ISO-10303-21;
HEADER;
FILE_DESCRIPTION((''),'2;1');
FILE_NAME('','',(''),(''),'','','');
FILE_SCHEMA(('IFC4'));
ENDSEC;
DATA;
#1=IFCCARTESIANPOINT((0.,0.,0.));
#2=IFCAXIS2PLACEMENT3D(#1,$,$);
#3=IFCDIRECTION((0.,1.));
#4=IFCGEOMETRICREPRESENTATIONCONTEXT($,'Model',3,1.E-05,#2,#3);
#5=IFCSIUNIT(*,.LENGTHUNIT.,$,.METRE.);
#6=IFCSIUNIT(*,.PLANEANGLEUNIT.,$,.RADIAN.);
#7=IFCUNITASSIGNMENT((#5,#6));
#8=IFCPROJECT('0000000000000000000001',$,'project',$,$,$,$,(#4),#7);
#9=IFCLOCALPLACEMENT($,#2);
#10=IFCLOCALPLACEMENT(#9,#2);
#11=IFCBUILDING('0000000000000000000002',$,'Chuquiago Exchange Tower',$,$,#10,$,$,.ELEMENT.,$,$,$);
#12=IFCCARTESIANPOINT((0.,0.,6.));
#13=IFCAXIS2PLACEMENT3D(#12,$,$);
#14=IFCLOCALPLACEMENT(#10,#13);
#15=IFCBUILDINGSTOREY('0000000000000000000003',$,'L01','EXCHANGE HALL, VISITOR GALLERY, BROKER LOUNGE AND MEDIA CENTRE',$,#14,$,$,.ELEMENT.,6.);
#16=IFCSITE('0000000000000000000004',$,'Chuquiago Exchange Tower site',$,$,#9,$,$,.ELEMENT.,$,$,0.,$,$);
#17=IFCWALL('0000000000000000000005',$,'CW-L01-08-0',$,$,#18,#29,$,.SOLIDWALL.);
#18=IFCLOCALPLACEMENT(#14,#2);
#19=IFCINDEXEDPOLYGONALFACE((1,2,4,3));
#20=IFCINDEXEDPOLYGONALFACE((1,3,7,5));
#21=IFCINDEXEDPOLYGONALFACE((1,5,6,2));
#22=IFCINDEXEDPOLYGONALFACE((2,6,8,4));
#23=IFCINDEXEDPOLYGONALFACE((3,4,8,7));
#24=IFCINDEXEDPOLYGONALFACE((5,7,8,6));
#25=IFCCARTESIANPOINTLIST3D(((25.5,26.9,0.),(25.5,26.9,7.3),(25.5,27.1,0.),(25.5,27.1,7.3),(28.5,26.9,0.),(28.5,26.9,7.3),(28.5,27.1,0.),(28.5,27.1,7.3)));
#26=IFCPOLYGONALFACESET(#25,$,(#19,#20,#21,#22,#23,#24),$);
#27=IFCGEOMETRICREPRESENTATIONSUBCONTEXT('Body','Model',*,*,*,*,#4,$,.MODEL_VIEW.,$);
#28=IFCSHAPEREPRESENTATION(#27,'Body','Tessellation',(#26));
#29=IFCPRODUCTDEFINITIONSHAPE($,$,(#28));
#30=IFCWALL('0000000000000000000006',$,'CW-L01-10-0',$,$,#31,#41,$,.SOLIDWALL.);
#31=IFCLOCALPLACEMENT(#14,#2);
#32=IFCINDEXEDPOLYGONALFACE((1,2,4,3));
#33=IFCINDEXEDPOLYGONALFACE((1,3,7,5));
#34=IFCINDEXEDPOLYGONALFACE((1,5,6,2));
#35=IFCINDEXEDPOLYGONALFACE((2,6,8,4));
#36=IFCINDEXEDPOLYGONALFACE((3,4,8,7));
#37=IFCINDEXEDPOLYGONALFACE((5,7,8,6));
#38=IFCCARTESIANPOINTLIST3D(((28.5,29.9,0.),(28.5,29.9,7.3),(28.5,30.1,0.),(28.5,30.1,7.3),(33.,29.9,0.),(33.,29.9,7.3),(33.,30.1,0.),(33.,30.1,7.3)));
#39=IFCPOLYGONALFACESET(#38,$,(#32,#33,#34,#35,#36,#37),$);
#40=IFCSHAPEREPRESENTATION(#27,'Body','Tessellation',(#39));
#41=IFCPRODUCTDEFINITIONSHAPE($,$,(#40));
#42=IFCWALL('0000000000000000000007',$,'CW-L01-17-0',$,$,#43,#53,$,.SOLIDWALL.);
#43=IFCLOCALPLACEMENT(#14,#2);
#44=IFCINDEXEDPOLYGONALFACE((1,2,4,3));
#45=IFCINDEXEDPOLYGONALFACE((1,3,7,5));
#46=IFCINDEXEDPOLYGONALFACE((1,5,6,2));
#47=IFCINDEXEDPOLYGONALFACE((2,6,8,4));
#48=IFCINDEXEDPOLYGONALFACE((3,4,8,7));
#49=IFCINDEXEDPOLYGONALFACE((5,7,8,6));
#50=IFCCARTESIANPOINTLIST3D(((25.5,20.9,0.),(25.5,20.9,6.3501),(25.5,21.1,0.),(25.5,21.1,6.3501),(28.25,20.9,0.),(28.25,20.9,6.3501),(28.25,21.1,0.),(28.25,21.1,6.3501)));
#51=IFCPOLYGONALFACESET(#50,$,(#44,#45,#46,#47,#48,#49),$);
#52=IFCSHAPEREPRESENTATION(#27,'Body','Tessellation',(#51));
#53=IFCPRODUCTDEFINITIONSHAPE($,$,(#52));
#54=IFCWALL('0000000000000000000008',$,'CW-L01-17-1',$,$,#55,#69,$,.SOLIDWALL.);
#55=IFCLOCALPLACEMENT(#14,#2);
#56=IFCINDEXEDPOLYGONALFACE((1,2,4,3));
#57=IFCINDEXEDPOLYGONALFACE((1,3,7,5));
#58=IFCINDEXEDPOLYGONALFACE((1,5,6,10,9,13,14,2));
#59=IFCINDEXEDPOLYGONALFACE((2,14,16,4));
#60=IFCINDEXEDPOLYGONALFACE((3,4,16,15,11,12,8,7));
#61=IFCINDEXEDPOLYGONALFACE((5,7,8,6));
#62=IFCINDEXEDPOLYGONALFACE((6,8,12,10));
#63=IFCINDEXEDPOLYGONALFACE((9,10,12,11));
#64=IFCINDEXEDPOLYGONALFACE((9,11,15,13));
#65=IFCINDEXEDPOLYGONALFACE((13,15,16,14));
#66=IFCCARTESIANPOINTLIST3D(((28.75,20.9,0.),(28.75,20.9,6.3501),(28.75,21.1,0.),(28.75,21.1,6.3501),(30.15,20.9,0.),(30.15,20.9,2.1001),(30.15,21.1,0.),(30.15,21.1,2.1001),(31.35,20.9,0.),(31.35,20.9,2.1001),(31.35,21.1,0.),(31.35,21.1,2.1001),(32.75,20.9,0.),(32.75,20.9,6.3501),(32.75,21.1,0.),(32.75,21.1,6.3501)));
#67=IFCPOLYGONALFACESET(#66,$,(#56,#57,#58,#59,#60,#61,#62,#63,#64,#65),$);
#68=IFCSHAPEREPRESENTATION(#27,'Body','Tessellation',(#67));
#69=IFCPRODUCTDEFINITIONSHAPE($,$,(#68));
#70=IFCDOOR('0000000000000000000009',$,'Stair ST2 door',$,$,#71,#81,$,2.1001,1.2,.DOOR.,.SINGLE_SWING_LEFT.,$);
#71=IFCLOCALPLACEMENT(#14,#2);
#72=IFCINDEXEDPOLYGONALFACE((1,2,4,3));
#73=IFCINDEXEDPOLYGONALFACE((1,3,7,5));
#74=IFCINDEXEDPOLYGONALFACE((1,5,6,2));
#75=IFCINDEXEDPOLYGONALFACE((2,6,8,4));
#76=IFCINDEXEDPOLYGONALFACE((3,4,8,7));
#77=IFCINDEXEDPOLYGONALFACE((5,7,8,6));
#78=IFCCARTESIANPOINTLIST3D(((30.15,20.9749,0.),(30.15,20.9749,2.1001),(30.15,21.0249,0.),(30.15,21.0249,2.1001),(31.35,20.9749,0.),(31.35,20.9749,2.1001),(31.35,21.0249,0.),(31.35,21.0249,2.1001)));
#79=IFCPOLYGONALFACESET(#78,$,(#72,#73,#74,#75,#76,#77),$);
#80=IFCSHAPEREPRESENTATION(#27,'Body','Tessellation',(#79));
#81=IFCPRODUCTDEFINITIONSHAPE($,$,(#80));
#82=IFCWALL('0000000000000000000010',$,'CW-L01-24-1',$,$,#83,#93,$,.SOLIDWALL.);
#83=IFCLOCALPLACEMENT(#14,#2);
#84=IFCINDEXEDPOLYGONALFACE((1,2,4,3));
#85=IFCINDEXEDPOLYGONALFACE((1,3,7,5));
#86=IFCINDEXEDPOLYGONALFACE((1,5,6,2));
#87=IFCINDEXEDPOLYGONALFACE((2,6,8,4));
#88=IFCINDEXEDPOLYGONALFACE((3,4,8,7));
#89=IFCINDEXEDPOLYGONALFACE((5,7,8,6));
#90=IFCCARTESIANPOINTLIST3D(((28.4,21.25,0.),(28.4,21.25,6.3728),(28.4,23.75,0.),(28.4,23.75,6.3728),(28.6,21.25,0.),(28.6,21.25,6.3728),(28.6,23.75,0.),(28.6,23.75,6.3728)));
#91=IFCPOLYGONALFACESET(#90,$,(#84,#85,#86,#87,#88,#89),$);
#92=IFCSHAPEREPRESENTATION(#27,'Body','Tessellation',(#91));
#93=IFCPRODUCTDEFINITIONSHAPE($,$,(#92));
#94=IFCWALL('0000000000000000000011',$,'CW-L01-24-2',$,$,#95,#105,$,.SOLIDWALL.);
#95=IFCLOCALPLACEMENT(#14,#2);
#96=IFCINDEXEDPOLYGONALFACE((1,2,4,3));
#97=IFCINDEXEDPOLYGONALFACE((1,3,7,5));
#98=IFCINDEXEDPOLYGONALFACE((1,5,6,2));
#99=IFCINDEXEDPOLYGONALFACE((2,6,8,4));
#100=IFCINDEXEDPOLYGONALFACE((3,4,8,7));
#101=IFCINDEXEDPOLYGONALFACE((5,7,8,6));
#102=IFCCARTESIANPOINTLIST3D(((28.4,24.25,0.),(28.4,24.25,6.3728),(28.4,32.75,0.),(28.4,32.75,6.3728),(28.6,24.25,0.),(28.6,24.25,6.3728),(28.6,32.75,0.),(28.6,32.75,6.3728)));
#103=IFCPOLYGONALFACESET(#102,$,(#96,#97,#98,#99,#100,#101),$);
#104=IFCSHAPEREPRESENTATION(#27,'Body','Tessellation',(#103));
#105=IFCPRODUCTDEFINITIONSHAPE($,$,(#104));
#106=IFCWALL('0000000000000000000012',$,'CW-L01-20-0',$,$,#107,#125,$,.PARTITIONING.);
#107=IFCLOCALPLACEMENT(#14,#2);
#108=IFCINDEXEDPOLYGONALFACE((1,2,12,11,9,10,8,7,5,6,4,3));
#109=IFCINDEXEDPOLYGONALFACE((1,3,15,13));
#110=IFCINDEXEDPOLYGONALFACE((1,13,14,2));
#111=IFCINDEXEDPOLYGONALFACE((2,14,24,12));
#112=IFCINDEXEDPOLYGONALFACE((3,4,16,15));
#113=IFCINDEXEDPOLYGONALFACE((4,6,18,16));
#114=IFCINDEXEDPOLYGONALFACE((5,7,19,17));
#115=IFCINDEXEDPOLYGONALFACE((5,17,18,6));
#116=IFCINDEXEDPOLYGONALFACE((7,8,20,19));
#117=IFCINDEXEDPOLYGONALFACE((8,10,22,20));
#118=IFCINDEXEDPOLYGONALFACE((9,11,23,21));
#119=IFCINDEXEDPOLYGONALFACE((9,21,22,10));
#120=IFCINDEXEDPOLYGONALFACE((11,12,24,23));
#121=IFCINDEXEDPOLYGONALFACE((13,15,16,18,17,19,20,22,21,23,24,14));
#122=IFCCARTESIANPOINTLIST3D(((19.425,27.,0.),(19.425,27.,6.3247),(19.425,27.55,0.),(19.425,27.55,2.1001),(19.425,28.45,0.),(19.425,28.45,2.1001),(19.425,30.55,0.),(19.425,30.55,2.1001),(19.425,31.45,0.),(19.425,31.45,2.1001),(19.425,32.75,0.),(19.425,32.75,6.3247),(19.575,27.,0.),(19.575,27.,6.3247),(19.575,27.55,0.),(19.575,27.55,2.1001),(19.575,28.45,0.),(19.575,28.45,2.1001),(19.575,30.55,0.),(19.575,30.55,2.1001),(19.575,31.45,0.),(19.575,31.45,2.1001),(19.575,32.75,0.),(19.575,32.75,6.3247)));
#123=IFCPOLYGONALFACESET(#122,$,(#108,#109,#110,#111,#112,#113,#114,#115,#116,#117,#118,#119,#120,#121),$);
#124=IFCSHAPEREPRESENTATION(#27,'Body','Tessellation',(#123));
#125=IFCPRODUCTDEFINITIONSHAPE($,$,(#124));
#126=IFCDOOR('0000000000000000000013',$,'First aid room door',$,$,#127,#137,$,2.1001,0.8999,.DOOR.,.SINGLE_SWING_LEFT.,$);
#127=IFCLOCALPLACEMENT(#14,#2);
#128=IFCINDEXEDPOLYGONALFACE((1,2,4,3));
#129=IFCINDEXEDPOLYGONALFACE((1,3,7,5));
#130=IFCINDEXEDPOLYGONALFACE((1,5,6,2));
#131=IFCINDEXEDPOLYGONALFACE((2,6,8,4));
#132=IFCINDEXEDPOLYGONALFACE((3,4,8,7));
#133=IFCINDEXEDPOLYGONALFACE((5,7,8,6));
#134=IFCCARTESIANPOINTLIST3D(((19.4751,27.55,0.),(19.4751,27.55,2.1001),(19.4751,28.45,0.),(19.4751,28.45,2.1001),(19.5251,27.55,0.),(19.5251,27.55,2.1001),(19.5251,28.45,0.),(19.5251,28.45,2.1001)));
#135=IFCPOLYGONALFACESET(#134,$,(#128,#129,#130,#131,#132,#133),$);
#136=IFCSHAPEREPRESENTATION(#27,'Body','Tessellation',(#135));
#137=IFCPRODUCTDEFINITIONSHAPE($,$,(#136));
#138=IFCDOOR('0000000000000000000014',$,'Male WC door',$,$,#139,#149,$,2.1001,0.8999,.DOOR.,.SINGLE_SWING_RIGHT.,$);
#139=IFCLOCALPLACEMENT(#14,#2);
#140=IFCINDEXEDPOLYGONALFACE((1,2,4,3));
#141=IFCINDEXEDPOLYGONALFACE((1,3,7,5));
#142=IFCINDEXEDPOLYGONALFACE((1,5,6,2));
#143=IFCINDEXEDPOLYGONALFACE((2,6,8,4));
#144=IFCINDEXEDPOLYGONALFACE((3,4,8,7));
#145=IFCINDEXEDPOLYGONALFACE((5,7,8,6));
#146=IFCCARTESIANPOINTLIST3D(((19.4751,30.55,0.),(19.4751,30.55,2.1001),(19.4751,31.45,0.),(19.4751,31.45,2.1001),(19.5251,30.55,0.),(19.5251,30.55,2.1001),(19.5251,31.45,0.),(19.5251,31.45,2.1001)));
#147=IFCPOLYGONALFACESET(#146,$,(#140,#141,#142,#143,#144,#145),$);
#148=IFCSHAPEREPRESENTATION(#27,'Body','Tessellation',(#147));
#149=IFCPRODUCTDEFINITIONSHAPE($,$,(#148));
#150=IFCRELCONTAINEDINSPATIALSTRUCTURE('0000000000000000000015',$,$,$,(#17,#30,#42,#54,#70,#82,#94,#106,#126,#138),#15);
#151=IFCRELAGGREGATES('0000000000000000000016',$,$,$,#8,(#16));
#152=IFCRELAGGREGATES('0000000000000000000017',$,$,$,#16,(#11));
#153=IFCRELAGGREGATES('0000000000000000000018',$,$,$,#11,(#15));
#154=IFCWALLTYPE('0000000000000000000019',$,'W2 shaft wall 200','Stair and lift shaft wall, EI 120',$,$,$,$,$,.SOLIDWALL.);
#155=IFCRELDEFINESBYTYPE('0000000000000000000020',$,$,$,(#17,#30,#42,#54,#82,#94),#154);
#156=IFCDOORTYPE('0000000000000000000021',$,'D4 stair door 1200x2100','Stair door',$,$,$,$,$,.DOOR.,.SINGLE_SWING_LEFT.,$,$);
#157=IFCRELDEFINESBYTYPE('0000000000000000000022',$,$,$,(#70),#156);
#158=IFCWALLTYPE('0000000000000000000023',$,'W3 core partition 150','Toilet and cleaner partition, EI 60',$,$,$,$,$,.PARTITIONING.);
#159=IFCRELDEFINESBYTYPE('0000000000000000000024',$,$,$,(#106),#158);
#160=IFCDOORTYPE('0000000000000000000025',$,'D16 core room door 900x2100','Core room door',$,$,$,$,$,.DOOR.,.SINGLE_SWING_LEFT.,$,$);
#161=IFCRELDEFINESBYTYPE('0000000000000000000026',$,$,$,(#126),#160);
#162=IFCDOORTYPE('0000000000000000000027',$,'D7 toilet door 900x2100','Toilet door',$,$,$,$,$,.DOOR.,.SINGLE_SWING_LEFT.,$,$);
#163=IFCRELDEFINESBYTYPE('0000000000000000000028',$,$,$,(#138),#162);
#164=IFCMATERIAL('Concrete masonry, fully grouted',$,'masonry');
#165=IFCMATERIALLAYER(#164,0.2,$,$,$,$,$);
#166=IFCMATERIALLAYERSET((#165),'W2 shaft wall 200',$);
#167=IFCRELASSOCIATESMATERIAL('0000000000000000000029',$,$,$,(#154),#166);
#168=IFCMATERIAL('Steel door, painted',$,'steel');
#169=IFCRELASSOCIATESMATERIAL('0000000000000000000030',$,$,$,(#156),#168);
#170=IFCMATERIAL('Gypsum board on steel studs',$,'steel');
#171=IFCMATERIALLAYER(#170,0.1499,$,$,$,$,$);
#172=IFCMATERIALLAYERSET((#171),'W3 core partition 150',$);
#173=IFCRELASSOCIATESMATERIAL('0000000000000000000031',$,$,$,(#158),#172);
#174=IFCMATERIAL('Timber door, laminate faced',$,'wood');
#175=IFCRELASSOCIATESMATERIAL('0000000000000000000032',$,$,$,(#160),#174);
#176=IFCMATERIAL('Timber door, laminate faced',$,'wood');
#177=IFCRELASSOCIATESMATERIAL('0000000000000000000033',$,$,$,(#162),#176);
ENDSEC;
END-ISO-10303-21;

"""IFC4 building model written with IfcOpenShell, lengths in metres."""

from ifc_helpers import new_model, si_unit, direction, frame, frame_2d, origin, place, context, subcontext, project, spatial, rectangle, extrude, material, layer, layer_set, type_object, element, fill, save


model = new_model("IFC4")

# Units and contexts
model_context = context("Model", 3, precision=1e-05, world=origin(), true_north=direction((0.0, 1.0)))
body_context = subcontext(model_context, "Body", "Model", "MODEL_VIEW")
ifc_project = project(units=[si_unit("LENGTHUNIT", "METRE"), si_unit("PLANEANGLEUNIT", "RADIAN")], contexts=[model_context])

# Site, building, storey
site_placement = place(None, origin())
site = spatial("IfcSite", under=ifc_project, at=site_placement, Name="Chuquiago Exchange Tower site", CompositionType="ELEMENT", RefElevation=0.0)
building_placement = place(site_placement, origin())
building = spatial("IfcBuilding", under=site, at=building_placement, Name="Chuquiago Exchange Tower", CompositionType="ELEMENT")
storey_placement = place(building_placement, frame((0.0, 0.0, 6.0)))
storey = spatial("IfcBuildingStorey", under=building, at=storey_placement, Name="L01", Description="EXCHANGE HALL, VISITOR GALLERY, BROKER LOUNGE AND MEDIA CENTRE", CompositionType="ELEMENT", Elevation=6.0)

# Walls
ifc_material_1 = material(Name="Concrete masonry, fully grouted", Category="masonry")
ifc_layer_1 = layer(ifc_material_1, 0.2)
ifc_layer_set_1 = layer_set([ifc_layer_1], Name="W2 shaft wall 200")
wall_type_1 = type_object("IfcWallType", Name="W2 shaft wall 200", Description="Stair and lift shaft wall, EI 120", PredefinedType="SOLIDWALL", material=ifc_layer_set_1)
wall_1_placement = place(storey_placement, frame((25.5, 27.0, 0.0), z_axis=(0.0, 0.0, 1.0), x_axis=(1.0, 0.0, 0.0)))
element("IfcWall", 1, at=wall_1_placement, inside=storey, type_object=wall_type_1, Name="CW-L01-08-0", PredefinedType="SOLIDWALL", context=body_context, shape_type="SweptSolid", body=[
    extrude(rectangle(XDim=3.0, YDim=0.2, at=frame_2d((1.5, 0.0))), origin(), (0.0, 0.0, 1.0), 7.3),
])
wall_2_placement = place(storey_placement, frame((28.5, 30.0, 0.0), z_axis=(0.0, 0.0, 1.0), x_axis=(1.0, 0.0, 0.0)))
element("IfcWall", 2, at=wall_2_placement, inside=storey, type_object=wall_type_1, Name="CW-L01-10-0", PredefinedType="SOLIDWALL", context=body_context, shape_type="SweptSolid", body=[
    extrude(rectangle(XDim=4.5, YDim=0.2, at=frame_2d((2.25, 0.0))), origin(), (0.0, 0.0, 1.0), 7.3),
])
wall_3_placement = place(storey_placement, frame((25.5, 21.0, 0.0), z_axis=(0.0, 0.0, 1.0), x_axis=(1.0, 0.0, 0.0)))
element("IfcWall", 3, at=wall_3_placement, inside=storey, type_object=wall_type_1, Name="CW-L01-17-0", PredefinedType="SOLIDWALL", context=body_context, shape_type="SweptSolid", body=[
    extrude(rectangle(XDim=2.75, YDim=0.2, at=frame_2d((1.375, 0.0))), origin(), (0.0, 0.0, 1.0), 6.3501),
])

# Wall, opening, door
wall_4_placement = place(storey_placement, frame((28.75, 21.0, 0.0), z_axis=(0.0, 0.0, 1.0), x_axis=(1.0, 0.0, 0.0)))
wall_4 = element("IfcWall", 4, at=wall_4_placement, inside=storey, type_object=wall_type_1, Name="CW-L01-17-1", PredefinedType="SOLIDWALL", context=body_context, shape_type="SweptSolid", body=[
    extrude(rectangle(XDim=4.0, YDim=0.2, at=frame_2d((2.0, 0.0))), origin(), (0.0, 0.0, 1.0), 6.3501),
])
opening_1_placement = place(wall_4_placement, frame((1.3999, 0.0, 0.0)))
opening_1 = element("IfcOpeningElement", 5, at=opening_1_placement, cuts=wall_4, PredefinedType="OPENING", context=body_context, shape_type="SweptSolid", body=[
    extrude(rectangle(XDim=1.2, YDim=2.1001, at=frame_2d((0.6001, 1.05))), frame((0.0, 0.1099, 0.0), z_axis=(0.0, -1.0, 0.0), x_axis=(1.0, 0.0, 0.0)), (0.0, 0.0, 1.0), 0.22),
])
ifc_material_2 = material(Name="Steel door, painted", Category="steel")
door_type_1 = type_object("IfcDoorType", Name="D4 stair door 1200x2100", Description="Stair door", OperationType="SINGLE_SWING_LEFT", PredefinedType="DOOR", material=ifc_material_2)
door_1_placement = place(opening_1_placement, origin())
door_1 = element("IfcDoor", 6, at=door_1_placement, inside=storey, type_object=door_type_1, Name="Stair ST2 door", OperationType="SINGLE_SWING_LEFT", OverallHeight=2.1001, OverallWidth=1.2, PredefinedType="DOOR", context=body_context, shape_type="SweptSolid", body=[
    extrude(rectangle(XDim=1.2, YDim=2.1001, at=frame_2d((0.6001, 1.05))), frame((0.0, 0.0249, 0.0), z_axis=(0.0, -1.0, 0.0), x_axis=(1.0, 0.0, 0.0)), (0.0, 0.0, 1.0), 0.05),
])
fill(opening_1, door_1)

# Walls
wall_5_placement = place(storey_placement, frame((28.5, 21.25, 0.0), z_axis=(0.0, 0.0, 1.0), x_axis=(0.0, 1.0, 0.0)))
element("IfcWall", 7, at=wall_5_placement, inside=storey, type_object=wall_type_1, Name="CW-L01-24-1", PredefinedType="SOLIDWALL", context=body_context, shape_type="SweptSolid", body=[
    extrude(rectangle(XDim=2.5, YDim=0.2, at=frame_2d((1.25, 0.0))), origin(), (0.0, 0.0, 1.0), 6.3728),
])
wall_6_placement = place(storey_placement, frame((28.5, 24.25, 0.0), z_axis=(0.0, 0.0, 1.0), x_axis=(0.0, 1.0, 0.0)))
element("IfcWall", 8, at=wall_6_placement, inside=storey, type_object=wall_type_1, Name="CW-L01-24-2", PredefinedType="SOLIDWALL", context=body_context, shape_type="SweptSolid", body=[
    extrude(rectangle(XDim=8.5, YDim=0.2, at=frame_2d((4.25, 0.0))), origin(), (0.0, 0.0, 1.0), 6.3728),
])

# Wall, openings, doors
ifc_material_3 = material(Name="Gypsum board on steel studs", Category="steel")
ifc_layer_2 = layer(ifc_material_3, 0.1499)
ifc_layer_set_2 = layer_set([ifc_layer_2], Name="W3 core partition 150")
wall_type_2 = type_object("IfcWallType", Name="W3 core partition 150", Description="Toilet and cleaner partition, EI 60", PredefinedType="PARTITIONING", material=ifc_layer_set_2)
wall_7_placement = place(storey_placement, frame((19.5, 27.0, 0.0), z_axis=(0.0, 0.0, 1.0), x_axis=(0.0, 1.0, 0.0)))
wall_7 = element("IfcWall", 9, at=wall_7_placement, inside=storey, type_object=wall_type_2, Name="CW-L01-20-0", PredefinedType="PARTITIONING", context=body_context, shape_type="SweptSolid", body=[
    extrude(rectangle(XDim=5.75, YDim=0.1499, at=frame_2d((2.875, 0.0))), origin(), (0.0, 0.0, 1.0), 6.3247),
])
opening_2_placement = place(wall_7_placement, frame((0.55, 0.0, 0.0)))
opening_2 = element("IfcOpeningElement", 10, at=opening_2_placement, cuts=wall_7, PredefinedType="OPENING", context=body_context, shape_type="SweptSolid", body=[
    extrude(rectangle(XDim=0.8999, YDim=2.1001, at=frame_2d((0.45, 1.05))), frame((0.0, 0.085, 0.0), z_axis=(0.0, -1.0, 0.0), x_axis=(1.0, 0.0, 0.0)), (0.0, 0.0, 1.0), 0.1699),
])
opening_3_placement = place(wall_7_placement, frame((3.55, 0.0, 0.0)))
opening_3 = element("IfcOpeningElement", 11, at=opening_3_placement, cuts=wall_7, PredefinedType="OPENING", context=body_context, shape_type="SweptSolid", body=[
    extrude(rectangle(XDim=0.8999, YDim=2.1001, at=frame_2d((0.45, 1.05))), frame((0.0, 0.085, 0.0), z_axis=(0.0, -1.0, 0.0), x_axis=(1.0, 0.0, 0.0)), (0.0, 0.0, 1.0), 0.1699),
])
ifc_material_4 = material(Name="Timber door, laminate faced", Category="wood")
door_type_2 = type_object("IfcDoorType", Name="D16 core room door 900x2100", Description="Core room door", OperationType="SINGLE_SWING_LEFT", PredefinedType="DOOR", material=ifc_material_4)
door_2_placement = place(opening_2_placement, origin())
door_2 = element("IfcDoor", 12, at=door_2_placement, inside=storey, type_object=door_type_2, Name="First aid room door", OperationType="SINGLE_SWING_LEFT", OverallHeight=2.1001, OverallWidth=0.8999, PredefinedType="DOOR", context=body_context, shape_type="SweptSolid", body=[
    extrude(rectangle(XDim=0.8999, YDim=2.1001, at=frame_2d((0.45, 1.05))), frame((0.0, 0.0249, 0.0), z_axis=(0.0, -1.0, 0.0), x_axis=(1.0, 0.0, 0.0)), (0.0, 0.0, 1.0), 0.05),
])
fill(opening_2, door_2)
ifc_material_5 = material(Name="Timber door, laminate faced", Category="wood")
door_type_3 = type_object("IfcDoorType", Name="D7 toilet door 900x2100", Description="Toilet door", OperationType="SINGLE_SWING_LEFT", PredefinedType="DOOR", material=ifc_material_5)
door_3_placement = place(opening_3_placement, origin())
door_3 = element("IfcDoor", 13, at=door_3_placement, inside=storey, type_object=door_type_3, Name="Male WC door", OperationType="SINGLE_SWING_RIGHT", OverallHeight=2.1001, OverallWidth=0.8999, PredefinedType="DOOR", context=body_context, shape_type="SweptSolid", body=[
    extrude(rectangle(XDim=0.8999, YDim=2.1001, at=frame_2d((0.45, 1.05))), frame((0.0, 0.0249, 0.0), z_axis=(0.0, -1.0, 0.0), x_axis=(1.0, 0.0, 0.0)), (0.0, 0.0, 1.0), 0.05),
])
fill(opening_3, door_3)

save(model, "model.ifc")
